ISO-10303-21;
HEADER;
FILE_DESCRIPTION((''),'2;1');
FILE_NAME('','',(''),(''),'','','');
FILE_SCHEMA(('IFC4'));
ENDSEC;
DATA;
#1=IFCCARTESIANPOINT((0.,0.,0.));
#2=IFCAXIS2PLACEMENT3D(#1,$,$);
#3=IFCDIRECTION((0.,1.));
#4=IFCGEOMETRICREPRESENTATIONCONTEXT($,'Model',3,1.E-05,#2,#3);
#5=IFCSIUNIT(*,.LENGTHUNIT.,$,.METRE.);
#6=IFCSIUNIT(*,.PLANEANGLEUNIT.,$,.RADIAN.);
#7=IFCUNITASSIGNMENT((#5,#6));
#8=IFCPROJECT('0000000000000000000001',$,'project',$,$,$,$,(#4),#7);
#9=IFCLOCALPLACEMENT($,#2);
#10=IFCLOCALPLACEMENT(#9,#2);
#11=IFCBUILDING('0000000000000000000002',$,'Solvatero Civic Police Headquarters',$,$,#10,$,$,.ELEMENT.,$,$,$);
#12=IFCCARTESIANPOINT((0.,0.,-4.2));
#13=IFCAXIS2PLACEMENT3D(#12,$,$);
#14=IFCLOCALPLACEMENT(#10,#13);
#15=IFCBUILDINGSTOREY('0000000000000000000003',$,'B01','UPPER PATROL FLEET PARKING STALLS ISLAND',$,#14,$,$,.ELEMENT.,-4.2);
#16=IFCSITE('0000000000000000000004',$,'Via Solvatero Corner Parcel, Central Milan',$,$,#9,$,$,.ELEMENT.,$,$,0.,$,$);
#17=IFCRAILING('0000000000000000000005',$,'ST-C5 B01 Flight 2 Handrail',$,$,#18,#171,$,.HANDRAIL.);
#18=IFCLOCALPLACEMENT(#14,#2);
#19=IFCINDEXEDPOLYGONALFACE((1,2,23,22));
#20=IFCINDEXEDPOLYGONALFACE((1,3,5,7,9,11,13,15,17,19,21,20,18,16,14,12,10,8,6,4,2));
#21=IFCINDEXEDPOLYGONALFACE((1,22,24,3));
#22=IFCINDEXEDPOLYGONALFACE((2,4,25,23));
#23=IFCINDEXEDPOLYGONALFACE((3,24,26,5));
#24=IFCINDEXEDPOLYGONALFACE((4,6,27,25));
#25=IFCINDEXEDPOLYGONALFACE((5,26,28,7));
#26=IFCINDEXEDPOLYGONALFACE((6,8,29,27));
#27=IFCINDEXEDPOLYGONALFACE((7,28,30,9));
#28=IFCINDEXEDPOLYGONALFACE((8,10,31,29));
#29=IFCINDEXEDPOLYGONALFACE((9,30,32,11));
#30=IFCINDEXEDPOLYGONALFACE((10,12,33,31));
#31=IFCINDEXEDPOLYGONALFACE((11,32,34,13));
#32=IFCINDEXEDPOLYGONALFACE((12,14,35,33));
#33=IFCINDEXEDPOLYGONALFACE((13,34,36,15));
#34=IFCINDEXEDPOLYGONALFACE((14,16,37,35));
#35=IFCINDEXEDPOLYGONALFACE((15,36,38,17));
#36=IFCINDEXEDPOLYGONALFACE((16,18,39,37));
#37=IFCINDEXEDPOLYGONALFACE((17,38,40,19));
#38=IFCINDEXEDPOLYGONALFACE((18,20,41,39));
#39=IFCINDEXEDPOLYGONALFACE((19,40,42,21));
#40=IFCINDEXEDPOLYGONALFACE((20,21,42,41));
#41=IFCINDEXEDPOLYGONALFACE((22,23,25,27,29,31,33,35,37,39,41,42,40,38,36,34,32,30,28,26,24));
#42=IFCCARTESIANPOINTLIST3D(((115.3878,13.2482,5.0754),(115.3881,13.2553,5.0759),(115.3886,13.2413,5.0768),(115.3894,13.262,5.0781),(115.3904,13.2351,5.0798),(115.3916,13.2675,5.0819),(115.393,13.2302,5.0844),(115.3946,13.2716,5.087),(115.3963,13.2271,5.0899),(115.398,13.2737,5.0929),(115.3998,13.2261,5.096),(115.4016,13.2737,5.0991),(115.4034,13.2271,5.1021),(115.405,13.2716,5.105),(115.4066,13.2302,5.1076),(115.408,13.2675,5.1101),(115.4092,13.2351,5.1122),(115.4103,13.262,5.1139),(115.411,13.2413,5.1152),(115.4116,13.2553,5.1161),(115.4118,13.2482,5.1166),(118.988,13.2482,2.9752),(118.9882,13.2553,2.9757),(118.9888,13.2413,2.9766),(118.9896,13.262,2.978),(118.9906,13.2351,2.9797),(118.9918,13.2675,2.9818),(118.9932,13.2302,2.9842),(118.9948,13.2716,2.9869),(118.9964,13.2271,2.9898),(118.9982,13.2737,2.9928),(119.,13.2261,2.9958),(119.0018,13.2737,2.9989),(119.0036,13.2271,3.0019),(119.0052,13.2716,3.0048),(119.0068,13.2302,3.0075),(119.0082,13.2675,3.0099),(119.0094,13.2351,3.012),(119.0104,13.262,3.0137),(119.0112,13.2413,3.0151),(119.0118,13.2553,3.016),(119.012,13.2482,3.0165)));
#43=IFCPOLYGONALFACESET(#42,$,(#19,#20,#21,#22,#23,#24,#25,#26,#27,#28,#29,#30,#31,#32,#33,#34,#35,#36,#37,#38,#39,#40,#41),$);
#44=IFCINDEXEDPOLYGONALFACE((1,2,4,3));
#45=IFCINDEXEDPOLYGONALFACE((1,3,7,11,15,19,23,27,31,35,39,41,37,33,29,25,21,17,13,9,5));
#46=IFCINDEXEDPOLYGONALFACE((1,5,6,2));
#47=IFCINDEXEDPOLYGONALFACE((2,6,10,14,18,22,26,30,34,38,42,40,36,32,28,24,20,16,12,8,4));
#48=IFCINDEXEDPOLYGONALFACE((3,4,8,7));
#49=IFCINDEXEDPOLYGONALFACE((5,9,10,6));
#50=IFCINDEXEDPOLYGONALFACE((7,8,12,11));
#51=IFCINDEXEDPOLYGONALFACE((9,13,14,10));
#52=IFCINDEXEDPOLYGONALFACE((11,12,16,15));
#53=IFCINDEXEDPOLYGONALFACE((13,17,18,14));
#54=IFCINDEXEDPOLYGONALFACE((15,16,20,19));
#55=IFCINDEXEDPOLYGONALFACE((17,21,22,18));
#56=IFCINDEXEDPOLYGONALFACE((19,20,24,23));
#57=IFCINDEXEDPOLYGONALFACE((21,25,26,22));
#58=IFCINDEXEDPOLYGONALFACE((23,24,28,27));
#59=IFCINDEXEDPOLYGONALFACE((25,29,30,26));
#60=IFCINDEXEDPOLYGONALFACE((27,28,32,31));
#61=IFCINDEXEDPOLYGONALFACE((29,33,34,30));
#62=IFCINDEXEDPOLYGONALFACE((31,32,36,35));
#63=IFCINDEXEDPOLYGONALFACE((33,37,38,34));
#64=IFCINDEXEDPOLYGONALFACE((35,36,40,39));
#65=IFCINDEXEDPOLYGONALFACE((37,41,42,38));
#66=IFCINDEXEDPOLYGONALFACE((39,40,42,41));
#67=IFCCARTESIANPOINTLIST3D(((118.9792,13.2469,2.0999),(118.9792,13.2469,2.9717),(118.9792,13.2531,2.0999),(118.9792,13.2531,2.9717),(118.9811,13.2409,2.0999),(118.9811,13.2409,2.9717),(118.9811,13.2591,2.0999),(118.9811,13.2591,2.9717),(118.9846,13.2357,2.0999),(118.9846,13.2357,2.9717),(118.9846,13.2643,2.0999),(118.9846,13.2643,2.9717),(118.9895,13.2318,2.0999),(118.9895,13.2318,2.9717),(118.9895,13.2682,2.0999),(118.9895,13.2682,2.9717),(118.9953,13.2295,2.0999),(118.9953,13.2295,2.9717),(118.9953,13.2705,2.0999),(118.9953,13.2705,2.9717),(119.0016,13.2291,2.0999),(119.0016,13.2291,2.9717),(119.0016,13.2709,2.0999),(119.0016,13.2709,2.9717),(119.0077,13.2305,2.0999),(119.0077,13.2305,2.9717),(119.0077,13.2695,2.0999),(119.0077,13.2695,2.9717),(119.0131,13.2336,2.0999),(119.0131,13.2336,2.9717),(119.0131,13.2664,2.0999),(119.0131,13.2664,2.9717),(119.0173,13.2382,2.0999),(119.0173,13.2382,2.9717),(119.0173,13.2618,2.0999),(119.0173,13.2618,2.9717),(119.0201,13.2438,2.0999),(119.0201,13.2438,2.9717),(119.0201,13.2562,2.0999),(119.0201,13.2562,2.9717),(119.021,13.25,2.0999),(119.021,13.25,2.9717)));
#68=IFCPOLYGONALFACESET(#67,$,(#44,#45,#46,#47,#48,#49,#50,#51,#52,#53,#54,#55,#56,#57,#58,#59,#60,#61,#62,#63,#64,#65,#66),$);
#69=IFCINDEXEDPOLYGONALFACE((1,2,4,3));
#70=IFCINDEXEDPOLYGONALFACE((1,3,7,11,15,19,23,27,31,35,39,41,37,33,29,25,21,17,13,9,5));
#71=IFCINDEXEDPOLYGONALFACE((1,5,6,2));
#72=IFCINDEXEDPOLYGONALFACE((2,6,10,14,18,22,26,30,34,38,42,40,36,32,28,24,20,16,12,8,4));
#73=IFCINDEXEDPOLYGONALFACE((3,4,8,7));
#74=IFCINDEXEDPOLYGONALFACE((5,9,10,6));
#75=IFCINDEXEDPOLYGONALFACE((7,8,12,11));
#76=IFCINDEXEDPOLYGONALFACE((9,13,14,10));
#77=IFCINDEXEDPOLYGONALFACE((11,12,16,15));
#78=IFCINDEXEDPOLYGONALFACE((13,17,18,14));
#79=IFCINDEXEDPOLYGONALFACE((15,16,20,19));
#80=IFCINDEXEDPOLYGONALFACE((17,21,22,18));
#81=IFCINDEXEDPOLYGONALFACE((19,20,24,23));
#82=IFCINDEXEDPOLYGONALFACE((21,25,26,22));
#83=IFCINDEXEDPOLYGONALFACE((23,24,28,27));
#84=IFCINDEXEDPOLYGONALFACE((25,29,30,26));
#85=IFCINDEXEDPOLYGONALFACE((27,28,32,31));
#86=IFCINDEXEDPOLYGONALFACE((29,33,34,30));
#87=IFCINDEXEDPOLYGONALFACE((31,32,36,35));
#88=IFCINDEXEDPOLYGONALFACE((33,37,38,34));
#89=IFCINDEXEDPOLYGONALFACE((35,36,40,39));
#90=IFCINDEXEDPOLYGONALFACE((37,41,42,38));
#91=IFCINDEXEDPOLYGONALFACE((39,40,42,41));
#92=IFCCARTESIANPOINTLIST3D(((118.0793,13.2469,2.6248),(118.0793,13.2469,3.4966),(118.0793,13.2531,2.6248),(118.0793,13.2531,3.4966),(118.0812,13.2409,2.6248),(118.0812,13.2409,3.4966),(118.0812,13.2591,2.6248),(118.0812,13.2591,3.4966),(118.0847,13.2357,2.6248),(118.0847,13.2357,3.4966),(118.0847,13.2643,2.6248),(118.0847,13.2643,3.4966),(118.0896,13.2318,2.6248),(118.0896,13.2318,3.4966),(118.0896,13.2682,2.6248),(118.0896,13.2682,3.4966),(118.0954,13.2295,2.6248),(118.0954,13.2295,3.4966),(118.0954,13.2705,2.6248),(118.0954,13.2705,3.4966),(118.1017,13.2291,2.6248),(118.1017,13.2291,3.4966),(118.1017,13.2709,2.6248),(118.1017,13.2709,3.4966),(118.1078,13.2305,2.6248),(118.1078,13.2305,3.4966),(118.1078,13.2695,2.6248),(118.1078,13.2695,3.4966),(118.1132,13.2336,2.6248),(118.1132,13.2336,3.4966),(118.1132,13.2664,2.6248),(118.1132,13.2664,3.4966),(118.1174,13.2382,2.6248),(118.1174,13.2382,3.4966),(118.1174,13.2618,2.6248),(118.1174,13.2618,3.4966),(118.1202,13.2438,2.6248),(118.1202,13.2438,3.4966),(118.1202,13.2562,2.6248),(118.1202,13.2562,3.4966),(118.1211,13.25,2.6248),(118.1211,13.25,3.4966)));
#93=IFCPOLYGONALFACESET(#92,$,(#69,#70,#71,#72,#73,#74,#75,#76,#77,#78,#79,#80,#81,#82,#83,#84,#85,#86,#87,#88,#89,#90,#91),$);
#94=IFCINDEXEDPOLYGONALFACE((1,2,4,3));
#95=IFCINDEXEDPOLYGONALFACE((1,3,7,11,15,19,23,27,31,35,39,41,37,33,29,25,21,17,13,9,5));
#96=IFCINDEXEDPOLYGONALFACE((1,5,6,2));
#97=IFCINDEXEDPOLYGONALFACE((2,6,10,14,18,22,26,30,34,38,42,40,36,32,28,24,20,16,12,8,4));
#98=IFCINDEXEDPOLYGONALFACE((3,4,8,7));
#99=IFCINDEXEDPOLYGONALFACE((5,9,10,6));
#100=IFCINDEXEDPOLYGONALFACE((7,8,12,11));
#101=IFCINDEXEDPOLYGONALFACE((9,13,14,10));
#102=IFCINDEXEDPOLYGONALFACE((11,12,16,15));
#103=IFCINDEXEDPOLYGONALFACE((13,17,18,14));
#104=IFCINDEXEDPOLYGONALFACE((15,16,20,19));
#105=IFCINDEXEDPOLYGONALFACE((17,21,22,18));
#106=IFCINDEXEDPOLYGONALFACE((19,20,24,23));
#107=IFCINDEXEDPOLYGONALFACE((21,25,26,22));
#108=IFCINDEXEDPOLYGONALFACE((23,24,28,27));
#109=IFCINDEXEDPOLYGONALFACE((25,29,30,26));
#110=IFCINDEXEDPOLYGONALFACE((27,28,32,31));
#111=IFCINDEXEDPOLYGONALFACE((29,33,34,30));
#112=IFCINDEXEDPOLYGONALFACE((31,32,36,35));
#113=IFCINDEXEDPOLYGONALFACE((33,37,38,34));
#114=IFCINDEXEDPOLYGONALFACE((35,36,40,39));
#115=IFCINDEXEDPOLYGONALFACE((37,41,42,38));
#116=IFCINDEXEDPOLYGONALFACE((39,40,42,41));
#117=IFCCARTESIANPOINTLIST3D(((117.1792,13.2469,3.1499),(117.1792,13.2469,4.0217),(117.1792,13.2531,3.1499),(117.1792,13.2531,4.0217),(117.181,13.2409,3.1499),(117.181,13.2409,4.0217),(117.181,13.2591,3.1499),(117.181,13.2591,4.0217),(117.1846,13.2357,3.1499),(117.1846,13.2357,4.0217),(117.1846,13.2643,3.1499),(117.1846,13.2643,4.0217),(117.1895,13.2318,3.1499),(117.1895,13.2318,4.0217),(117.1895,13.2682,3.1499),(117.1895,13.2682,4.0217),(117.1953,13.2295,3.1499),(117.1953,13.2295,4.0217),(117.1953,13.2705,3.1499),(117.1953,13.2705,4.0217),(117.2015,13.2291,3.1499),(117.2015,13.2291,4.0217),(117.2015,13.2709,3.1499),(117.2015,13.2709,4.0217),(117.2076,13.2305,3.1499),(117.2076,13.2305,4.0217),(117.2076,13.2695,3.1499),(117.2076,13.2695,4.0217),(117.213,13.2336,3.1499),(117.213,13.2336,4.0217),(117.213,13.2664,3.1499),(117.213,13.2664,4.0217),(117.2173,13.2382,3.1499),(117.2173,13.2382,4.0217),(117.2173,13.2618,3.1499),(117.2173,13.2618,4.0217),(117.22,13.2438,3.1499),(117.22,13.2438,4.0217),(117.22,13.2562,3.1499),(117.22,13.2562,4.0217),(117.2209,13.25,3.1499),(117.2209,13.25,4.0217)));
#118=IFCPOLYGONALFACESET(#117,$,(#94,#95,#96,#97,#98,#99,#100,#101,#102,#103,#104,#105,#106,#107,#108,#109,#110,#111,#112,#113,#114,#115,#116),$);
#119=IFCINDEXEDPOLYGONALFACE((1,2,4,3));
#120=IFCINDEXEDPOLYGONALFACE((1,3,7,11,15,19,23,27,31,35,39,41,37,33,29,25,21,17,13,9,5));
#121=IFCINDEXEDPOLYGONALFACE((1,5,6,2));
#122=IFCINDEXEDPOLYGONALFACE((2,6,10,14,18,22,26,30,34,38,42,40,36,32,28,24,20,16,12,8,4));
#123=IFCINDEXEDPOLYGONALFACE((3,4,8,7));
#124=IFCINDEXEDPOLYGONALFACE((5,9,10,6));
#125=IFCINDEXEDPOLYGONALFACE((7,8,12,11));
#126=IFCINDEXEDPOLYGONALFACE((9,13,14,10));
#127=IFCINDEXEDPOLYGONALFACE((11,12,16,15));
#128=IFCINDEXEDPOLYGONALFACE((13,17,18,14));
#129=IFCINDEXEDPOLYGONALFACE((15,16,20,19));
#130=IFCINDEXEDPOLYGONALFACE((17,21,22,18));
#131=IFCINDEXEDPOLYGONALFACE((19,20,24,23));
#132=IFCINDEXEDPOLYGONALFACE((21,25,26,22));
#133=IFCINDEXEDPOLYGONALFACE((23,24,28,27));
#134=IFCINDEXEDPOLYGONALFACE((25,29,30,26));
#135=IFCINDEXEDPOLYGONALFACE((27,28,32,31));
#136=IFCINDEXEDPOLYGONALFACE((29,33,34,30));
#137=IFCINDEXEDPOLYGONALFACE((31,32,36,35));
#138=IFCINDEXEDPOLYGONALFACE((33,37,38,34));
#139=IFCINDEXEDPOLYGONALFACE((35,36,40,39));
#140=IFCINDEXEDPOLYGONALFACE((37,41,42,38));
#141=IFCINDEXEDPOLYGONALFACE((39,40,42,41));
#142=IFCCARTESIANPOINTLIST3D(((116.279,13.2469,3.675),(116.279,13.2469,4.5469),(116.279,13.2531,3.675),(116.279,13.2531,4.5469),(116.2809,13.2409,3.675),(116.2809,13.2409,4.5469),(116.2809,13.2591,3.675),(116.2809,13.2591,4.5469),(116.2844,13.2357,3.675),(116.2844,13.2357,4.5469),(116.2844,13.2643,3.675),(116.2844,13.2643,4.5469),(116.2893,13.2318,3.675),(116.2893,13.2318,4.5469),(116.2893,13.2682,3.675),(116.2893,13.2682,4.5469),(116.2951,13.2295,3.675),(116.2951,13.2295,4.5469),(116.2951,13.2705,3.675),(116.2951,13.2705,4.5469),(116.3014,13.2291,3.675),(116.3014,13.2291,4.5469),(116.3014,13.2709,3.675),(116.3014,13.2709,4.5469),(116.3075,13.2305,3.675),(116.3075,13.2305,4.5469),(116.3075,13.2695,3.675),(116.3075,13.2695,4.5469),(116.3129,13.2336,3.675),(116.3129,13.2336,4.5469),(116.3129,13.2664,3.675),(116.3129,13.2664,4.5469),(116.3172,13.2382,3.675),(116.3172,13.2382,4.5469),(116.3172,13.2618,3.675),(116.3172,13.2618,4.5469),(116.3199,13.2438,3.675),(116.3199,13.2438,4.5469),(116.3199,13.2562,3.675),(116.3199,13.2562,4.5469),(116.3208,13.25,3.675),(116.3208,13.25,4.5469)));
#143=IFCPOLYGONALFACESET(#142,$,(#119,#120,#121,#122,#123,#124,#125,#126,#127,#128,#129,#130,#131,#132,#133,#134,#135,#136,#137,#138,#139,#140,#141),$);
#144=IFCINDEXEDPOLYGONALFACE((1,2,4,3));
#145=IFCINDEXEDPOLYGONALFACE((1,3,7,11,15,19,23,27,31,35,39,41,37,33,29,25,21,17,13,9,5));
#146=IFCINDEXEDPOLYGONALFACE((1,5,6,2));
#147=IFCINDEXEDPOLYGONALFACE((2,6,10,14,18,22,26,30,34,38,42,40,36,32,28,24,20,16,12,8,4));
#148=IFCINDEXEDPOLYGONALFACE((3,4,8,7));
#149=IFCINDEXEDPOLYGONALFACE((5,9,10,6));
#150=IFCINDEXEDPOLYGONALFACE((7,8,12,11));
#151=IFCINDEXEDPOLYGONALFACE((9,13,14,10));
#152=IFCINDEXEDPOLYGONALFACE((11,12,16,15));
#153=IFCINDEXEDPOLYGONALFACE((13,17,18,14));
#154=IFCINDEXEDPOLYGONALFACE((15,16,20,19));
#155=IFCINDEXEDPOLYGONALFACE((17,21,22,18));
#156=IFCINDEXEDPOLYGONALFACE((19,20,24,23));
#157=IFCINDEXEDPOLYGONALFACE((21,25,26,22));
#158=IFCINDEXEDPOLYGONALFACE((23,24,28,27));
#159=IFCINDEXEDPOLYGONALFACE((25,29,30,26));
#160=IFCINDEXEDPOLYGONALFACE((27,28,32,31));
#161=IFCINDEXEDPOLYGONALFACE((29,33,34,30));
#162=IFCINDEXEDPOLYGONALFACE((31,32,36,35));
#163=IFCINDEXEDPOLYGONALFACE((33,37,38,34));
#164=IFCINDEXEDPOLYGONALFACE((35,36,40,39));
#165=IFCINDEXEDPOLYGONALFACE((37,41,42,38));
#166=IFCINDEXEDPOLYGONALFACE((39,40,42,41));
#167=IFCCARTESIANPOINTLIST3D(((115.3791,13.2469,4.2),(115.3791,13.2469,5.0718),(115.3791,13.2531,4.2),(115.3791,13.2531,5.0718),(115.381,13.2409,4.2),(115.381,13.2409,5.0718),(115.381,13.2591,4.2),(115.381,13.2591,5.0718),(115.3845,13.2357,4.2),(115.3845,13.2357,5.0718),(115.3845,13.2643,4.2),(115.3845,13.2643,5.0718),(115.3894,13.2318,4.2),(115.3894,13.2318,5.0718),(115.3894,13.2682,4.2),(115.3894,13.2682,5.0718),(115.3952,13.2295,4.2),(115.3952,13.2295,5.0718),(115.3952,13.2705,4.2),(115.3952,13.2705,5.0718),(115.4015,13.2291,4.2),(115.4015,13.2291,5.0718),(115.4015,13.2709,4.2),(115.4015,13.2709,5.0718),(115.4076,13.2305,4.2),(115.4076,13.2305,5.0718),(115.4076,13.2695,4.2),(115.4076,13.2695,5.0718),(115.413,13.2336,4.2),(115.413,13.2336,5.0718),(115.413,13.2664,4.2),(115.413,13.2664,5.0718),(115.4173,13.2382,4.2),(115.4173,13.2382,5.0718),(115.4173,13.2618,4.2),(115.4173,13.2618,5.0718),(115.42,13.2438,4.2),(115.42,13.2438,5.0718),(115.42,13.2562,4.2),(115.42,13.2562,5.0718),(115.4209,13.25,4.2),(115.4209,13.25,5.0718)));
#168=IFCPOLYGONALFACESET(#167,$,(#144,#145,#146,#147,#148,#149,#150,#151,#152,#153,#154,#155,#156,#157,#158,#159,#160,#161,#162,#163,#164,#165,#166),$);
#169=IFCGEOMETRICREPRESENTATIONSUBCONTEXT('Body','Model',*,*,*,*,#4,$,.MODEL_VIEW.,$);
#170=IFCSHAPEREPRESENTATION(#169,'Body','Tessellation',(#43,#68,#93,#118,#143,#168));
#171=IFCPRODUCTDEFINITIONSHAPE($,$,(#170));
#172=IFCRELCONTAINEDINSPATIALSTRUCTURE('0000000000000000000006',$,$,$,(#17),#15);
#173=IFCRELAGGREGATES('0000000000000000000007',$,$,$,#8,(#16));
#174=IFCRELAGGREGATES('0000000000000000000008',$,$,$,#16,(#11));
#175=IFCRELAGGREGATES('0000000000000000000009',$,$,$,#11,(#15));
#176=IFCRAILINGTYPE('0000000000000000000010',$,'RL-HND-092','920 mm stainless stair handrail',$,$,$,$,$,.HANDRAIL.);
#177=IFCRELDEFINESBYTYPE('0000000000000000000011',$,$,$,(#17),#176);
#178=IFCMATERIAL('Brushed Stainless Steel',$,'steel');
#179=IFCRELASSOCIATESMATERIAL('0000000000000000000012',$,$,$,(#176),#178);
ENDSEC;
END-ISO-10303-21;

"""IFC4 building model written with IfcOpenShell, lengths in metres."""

from ifc_helpers import new_model, si_unit, direction, frame, origin, origin_2d, place, context, subcontext, project, spatial, circle, extrude, material, type_object, element, save


model = new_model("IFC4")

# Units and contexts
model_context = context("Model", 3, precision=1e-05, world=origin(), true_north=direction((0.0, 1.0)))
body_context = subcontext(model_context, "Body", "Model", "MODEL_VIEW")
ifc_project = project(units=[si_unit("LENGTHUNIT", "METRE"), si_unit("PLANEANGLEUNIT", "RADIAN")], contexts=[model_context])

# Site, building, storey
site_placement = place(None, origin())
site = spatial("IfcSite", under=ifc_project, at=site_placement, Name="Via Solvatero Corner Parcel, Central Milan", CompositionType="ELEMENT", RefElevation=0.0)
building_placement = place(site_placement, origin())
building = spatial("IfcBuilding", under=site, at=building_placement, Name="Solvatero Civic Police Headquarters", CompositionType="ELEMENT")
storey_placement = place(building_placement, frame((0.0, 0.0, -4.2)))
storey = spatial("IfcBuildingStorey", under=building, at=storey_placement, Name="B01", Description="UPPER PATROL FLEET PARKING STALLS ISLAND", CompositionType="ELEMENT", Elevation=-4.2)

# Railing
ifc_material_1 = material(Name="Brushed Stainless Steel", Category="steel")
railing_type_1 = type_object("IfcRailingType", Name="RL-HND-092", Description="920 mm stainless stair handrail", PredefinedType="HANDRAIL", material=ifc_material_1)
railing_1_placement = place(storey_placement, frame((119.0, 13.25, 2.0999)))
element("IfcRailing", 1, at=railing_1_placement, inside=storey, type_object=railing_type_1, Name="ST-C5 B01 Flight 2 Handrail", PredefinedType="HANDRAIL", context=body_context, shape_type="SweptSolid", body=[
    extrude(circle(Radius=0.0239, at=origin_2d()), frame((0.0, 0.0, 0.896), z_axis=(-0.863775, 0.0, 0.503878), x_axis=(0.0, -1.0, 0.0)), (0.0, 0.0, 1.0), 4.168),
    extrude(circle(Radius=0.021, at=origin_2d()), origin(), (0.0, 0.0, 1.0), 0.8718),
    extrude(circle(Radius=0.021, at=origin_2d()), frame((-0.8999, 0.0, 0.5249)), (0.0, 0.0, 1.0), 0.8718),
    extrude(circle(Radius=0.021, at=origin_2d()), frame((-1.8, 0.0, 1.05)), (0.0, 0.0, 1.0), 0.8718),
    extrude(circle(Radius=0.021, at=origin_2d()), frame((-2.7002, 0.0, 1.5752)), (0.0, 0.0, 1.0), 0.8718),
    extrude(circle(Radius=0.021, at=origin_2d()), frame((-3.6001, 0.0, 2.1001)), (0.0, 0.0, 1.0), 0.8718),
])

save(model, "model.ifc")
